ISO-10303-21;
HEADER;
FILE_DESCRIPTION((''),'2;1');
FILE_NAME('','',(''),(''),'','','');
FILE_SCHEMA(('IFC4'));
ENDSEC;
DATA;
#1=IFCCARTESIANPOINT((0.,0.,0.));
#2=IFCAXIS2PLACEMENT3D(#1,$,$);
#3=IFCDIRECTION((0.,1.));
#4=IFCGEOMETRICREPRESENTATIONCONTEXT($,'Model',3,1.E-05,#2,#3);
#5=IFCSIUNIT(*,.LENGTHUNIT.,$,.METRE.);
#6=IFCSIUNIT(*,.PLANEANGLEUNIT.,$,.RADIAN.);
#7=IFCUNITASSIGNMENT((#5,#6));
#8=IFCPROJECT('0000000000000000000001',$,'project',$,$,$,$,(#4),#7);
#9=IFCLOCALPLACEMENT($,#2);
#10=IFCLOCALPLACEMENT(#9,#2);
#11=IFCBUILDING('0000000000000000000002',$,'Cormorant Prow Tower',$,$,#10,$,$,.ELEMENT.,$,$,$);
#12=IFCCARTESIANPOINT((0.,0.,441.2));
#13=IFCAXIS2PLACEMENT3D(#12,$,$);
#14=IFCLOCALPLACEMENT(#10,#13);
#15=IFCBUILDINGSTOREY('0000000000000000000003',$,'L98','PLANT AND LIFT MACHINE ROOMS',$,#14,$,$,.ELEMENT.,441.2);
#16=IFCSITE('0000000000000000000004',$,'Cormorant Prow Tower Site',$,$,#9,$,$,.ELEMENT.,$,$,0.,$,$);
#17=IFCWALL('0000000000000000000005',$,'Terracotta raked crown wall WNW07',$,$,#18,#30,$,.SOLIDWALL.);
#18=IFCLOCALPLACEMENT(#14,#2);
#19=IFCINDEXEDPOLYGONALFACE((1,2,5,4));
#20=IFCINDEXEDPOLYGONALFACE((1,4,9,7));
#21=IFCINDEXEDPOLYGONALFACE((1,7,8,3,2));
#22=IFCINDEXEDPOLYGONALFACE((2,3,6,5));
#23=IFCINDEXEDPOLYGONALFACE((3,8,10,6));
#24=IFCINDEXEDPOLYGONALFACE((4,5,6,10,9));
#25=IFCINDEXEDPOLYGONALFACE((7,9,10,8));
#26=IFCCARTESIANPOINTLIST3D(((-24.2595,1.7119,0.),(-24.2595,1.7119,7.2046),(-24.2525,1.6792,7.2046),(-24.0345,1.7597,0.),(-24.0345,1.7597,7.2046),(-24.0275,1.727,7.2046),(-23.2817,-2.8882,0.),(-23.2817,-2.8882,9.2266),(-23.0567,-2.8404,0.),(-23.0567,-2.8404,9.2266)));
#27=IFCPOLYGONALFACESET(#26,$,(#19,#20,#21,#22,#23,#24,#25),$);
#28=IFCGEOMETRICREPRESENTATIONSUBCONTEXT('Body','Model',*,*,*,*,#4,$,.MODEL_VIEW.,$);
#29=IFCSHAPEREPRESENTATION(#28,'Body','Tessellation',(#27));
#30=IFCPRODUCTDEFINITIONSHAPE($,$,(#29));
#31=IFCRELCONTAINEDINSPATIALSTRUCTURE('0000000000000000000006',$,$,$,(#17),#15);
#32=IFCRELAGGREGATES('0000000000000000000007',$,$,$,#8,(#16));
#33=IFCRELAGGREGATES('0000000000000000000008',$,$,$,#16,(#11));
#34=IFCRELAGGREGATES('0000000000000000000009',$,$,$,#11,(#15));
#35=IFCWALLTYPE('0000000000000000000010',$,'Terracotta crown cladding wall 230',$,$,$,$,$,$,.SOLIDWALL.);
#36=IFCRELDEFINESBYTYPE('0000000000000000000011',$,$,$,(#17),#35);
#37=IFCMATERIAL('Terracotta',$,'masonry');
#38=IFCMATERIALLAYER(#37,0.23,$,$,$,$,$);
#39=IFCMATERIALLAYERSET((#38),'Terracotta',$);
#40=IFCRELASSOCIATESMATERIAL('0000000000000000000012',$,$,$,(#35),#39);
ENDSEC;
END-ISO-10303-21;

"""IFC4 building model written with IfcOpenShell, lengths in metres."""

from ifc_helpers import new_model, si_unit, direction, frame, origin, place, context, subcontext, project, spatial, polyline, outline, extrude, material, layer, layer_set, type_object, element, save


model = new_model("IFC4")

# Units and contexts
model_context = context("Model", 3, precision=1e-05, world=origin(), true_north=direction((0.0, 1.0)))
body_context = subcontext(model_context, "Body", "Model", "MODEL_VIEW")
ifc_project = project(units=[si_unit("LENGTHUNIT", "METRE"), si_unit("PLANEANGLEUNIT", "RADIAN")], contexts=[model_context])

# Site, building, storey
site_placement = place(None, origin())
site = spatial("IfcSite", under=ifc_project, at=site_placement, Name="Cormorant Prow Tower Site", CompositionType="ELEMENT", RefElevation=0.0)
building_placement = place(site_placement, origin())
building = spatial("IfcBuilding", under=site, at=building_placement, Name="Cormorant Prow Tower", CompositionType="ELEMENT")
storey_placement = place(building_placement, frame((0.0, 0.0, 441.2)))
storey = spatial("IfcBuildingStorey", under=building, at=storey_placement, Name="L98", Description="PLANT AND LIFT MACHINE ROOMS", CompositionType="ELEMENT", Elevation=441.2)

# Shared definitions
ifc_material_1 = material(Name="Terracotta", Category="masonry")
ifc_layer_1 = layer(ifc_material_1, 0.23)
ifc_layer_set_1 = layer_set([ifc_layer_1], Name="Terracotta")
wall_type_1 = type_object("IfcWallType", Name="Terracotta crown cladding wall 230", PredefinedType="SOLIDWALL", material=ifc_layer_set_1)

# Wall
wall_1_placement = place(storey_placement, frame((-24.147, 1.7358, 0.0), z_axis=(0.0, 0.0, 1.0), x_axis=(0.207912, -0.978148, 0.0)))
element("IfcWall", 1, at=wall_1_placement, inside=storey, type_object=wall_type_1, Name="Terracotta raked crown wall WNW07", PredefinedType="SOLIDWALL", context=body_context, shape_type="SweptSolid", body=[
    extrude(outline(polyline([(0.0, 0.0), (4.7029, 0.0), (4.7029, 9.2266), (0.0334, 7.2046), (0.0, 7.2046), (0.0, 0.0)])), frame((0.0, 0.115, 0.0), z_axis=(0.0, -1.0, 0.0), x_axis=(1.0, 0.0, 0.0)), (0.0, 0.0, 1.0), 0.23),
])

save(model, "model.ifc")
